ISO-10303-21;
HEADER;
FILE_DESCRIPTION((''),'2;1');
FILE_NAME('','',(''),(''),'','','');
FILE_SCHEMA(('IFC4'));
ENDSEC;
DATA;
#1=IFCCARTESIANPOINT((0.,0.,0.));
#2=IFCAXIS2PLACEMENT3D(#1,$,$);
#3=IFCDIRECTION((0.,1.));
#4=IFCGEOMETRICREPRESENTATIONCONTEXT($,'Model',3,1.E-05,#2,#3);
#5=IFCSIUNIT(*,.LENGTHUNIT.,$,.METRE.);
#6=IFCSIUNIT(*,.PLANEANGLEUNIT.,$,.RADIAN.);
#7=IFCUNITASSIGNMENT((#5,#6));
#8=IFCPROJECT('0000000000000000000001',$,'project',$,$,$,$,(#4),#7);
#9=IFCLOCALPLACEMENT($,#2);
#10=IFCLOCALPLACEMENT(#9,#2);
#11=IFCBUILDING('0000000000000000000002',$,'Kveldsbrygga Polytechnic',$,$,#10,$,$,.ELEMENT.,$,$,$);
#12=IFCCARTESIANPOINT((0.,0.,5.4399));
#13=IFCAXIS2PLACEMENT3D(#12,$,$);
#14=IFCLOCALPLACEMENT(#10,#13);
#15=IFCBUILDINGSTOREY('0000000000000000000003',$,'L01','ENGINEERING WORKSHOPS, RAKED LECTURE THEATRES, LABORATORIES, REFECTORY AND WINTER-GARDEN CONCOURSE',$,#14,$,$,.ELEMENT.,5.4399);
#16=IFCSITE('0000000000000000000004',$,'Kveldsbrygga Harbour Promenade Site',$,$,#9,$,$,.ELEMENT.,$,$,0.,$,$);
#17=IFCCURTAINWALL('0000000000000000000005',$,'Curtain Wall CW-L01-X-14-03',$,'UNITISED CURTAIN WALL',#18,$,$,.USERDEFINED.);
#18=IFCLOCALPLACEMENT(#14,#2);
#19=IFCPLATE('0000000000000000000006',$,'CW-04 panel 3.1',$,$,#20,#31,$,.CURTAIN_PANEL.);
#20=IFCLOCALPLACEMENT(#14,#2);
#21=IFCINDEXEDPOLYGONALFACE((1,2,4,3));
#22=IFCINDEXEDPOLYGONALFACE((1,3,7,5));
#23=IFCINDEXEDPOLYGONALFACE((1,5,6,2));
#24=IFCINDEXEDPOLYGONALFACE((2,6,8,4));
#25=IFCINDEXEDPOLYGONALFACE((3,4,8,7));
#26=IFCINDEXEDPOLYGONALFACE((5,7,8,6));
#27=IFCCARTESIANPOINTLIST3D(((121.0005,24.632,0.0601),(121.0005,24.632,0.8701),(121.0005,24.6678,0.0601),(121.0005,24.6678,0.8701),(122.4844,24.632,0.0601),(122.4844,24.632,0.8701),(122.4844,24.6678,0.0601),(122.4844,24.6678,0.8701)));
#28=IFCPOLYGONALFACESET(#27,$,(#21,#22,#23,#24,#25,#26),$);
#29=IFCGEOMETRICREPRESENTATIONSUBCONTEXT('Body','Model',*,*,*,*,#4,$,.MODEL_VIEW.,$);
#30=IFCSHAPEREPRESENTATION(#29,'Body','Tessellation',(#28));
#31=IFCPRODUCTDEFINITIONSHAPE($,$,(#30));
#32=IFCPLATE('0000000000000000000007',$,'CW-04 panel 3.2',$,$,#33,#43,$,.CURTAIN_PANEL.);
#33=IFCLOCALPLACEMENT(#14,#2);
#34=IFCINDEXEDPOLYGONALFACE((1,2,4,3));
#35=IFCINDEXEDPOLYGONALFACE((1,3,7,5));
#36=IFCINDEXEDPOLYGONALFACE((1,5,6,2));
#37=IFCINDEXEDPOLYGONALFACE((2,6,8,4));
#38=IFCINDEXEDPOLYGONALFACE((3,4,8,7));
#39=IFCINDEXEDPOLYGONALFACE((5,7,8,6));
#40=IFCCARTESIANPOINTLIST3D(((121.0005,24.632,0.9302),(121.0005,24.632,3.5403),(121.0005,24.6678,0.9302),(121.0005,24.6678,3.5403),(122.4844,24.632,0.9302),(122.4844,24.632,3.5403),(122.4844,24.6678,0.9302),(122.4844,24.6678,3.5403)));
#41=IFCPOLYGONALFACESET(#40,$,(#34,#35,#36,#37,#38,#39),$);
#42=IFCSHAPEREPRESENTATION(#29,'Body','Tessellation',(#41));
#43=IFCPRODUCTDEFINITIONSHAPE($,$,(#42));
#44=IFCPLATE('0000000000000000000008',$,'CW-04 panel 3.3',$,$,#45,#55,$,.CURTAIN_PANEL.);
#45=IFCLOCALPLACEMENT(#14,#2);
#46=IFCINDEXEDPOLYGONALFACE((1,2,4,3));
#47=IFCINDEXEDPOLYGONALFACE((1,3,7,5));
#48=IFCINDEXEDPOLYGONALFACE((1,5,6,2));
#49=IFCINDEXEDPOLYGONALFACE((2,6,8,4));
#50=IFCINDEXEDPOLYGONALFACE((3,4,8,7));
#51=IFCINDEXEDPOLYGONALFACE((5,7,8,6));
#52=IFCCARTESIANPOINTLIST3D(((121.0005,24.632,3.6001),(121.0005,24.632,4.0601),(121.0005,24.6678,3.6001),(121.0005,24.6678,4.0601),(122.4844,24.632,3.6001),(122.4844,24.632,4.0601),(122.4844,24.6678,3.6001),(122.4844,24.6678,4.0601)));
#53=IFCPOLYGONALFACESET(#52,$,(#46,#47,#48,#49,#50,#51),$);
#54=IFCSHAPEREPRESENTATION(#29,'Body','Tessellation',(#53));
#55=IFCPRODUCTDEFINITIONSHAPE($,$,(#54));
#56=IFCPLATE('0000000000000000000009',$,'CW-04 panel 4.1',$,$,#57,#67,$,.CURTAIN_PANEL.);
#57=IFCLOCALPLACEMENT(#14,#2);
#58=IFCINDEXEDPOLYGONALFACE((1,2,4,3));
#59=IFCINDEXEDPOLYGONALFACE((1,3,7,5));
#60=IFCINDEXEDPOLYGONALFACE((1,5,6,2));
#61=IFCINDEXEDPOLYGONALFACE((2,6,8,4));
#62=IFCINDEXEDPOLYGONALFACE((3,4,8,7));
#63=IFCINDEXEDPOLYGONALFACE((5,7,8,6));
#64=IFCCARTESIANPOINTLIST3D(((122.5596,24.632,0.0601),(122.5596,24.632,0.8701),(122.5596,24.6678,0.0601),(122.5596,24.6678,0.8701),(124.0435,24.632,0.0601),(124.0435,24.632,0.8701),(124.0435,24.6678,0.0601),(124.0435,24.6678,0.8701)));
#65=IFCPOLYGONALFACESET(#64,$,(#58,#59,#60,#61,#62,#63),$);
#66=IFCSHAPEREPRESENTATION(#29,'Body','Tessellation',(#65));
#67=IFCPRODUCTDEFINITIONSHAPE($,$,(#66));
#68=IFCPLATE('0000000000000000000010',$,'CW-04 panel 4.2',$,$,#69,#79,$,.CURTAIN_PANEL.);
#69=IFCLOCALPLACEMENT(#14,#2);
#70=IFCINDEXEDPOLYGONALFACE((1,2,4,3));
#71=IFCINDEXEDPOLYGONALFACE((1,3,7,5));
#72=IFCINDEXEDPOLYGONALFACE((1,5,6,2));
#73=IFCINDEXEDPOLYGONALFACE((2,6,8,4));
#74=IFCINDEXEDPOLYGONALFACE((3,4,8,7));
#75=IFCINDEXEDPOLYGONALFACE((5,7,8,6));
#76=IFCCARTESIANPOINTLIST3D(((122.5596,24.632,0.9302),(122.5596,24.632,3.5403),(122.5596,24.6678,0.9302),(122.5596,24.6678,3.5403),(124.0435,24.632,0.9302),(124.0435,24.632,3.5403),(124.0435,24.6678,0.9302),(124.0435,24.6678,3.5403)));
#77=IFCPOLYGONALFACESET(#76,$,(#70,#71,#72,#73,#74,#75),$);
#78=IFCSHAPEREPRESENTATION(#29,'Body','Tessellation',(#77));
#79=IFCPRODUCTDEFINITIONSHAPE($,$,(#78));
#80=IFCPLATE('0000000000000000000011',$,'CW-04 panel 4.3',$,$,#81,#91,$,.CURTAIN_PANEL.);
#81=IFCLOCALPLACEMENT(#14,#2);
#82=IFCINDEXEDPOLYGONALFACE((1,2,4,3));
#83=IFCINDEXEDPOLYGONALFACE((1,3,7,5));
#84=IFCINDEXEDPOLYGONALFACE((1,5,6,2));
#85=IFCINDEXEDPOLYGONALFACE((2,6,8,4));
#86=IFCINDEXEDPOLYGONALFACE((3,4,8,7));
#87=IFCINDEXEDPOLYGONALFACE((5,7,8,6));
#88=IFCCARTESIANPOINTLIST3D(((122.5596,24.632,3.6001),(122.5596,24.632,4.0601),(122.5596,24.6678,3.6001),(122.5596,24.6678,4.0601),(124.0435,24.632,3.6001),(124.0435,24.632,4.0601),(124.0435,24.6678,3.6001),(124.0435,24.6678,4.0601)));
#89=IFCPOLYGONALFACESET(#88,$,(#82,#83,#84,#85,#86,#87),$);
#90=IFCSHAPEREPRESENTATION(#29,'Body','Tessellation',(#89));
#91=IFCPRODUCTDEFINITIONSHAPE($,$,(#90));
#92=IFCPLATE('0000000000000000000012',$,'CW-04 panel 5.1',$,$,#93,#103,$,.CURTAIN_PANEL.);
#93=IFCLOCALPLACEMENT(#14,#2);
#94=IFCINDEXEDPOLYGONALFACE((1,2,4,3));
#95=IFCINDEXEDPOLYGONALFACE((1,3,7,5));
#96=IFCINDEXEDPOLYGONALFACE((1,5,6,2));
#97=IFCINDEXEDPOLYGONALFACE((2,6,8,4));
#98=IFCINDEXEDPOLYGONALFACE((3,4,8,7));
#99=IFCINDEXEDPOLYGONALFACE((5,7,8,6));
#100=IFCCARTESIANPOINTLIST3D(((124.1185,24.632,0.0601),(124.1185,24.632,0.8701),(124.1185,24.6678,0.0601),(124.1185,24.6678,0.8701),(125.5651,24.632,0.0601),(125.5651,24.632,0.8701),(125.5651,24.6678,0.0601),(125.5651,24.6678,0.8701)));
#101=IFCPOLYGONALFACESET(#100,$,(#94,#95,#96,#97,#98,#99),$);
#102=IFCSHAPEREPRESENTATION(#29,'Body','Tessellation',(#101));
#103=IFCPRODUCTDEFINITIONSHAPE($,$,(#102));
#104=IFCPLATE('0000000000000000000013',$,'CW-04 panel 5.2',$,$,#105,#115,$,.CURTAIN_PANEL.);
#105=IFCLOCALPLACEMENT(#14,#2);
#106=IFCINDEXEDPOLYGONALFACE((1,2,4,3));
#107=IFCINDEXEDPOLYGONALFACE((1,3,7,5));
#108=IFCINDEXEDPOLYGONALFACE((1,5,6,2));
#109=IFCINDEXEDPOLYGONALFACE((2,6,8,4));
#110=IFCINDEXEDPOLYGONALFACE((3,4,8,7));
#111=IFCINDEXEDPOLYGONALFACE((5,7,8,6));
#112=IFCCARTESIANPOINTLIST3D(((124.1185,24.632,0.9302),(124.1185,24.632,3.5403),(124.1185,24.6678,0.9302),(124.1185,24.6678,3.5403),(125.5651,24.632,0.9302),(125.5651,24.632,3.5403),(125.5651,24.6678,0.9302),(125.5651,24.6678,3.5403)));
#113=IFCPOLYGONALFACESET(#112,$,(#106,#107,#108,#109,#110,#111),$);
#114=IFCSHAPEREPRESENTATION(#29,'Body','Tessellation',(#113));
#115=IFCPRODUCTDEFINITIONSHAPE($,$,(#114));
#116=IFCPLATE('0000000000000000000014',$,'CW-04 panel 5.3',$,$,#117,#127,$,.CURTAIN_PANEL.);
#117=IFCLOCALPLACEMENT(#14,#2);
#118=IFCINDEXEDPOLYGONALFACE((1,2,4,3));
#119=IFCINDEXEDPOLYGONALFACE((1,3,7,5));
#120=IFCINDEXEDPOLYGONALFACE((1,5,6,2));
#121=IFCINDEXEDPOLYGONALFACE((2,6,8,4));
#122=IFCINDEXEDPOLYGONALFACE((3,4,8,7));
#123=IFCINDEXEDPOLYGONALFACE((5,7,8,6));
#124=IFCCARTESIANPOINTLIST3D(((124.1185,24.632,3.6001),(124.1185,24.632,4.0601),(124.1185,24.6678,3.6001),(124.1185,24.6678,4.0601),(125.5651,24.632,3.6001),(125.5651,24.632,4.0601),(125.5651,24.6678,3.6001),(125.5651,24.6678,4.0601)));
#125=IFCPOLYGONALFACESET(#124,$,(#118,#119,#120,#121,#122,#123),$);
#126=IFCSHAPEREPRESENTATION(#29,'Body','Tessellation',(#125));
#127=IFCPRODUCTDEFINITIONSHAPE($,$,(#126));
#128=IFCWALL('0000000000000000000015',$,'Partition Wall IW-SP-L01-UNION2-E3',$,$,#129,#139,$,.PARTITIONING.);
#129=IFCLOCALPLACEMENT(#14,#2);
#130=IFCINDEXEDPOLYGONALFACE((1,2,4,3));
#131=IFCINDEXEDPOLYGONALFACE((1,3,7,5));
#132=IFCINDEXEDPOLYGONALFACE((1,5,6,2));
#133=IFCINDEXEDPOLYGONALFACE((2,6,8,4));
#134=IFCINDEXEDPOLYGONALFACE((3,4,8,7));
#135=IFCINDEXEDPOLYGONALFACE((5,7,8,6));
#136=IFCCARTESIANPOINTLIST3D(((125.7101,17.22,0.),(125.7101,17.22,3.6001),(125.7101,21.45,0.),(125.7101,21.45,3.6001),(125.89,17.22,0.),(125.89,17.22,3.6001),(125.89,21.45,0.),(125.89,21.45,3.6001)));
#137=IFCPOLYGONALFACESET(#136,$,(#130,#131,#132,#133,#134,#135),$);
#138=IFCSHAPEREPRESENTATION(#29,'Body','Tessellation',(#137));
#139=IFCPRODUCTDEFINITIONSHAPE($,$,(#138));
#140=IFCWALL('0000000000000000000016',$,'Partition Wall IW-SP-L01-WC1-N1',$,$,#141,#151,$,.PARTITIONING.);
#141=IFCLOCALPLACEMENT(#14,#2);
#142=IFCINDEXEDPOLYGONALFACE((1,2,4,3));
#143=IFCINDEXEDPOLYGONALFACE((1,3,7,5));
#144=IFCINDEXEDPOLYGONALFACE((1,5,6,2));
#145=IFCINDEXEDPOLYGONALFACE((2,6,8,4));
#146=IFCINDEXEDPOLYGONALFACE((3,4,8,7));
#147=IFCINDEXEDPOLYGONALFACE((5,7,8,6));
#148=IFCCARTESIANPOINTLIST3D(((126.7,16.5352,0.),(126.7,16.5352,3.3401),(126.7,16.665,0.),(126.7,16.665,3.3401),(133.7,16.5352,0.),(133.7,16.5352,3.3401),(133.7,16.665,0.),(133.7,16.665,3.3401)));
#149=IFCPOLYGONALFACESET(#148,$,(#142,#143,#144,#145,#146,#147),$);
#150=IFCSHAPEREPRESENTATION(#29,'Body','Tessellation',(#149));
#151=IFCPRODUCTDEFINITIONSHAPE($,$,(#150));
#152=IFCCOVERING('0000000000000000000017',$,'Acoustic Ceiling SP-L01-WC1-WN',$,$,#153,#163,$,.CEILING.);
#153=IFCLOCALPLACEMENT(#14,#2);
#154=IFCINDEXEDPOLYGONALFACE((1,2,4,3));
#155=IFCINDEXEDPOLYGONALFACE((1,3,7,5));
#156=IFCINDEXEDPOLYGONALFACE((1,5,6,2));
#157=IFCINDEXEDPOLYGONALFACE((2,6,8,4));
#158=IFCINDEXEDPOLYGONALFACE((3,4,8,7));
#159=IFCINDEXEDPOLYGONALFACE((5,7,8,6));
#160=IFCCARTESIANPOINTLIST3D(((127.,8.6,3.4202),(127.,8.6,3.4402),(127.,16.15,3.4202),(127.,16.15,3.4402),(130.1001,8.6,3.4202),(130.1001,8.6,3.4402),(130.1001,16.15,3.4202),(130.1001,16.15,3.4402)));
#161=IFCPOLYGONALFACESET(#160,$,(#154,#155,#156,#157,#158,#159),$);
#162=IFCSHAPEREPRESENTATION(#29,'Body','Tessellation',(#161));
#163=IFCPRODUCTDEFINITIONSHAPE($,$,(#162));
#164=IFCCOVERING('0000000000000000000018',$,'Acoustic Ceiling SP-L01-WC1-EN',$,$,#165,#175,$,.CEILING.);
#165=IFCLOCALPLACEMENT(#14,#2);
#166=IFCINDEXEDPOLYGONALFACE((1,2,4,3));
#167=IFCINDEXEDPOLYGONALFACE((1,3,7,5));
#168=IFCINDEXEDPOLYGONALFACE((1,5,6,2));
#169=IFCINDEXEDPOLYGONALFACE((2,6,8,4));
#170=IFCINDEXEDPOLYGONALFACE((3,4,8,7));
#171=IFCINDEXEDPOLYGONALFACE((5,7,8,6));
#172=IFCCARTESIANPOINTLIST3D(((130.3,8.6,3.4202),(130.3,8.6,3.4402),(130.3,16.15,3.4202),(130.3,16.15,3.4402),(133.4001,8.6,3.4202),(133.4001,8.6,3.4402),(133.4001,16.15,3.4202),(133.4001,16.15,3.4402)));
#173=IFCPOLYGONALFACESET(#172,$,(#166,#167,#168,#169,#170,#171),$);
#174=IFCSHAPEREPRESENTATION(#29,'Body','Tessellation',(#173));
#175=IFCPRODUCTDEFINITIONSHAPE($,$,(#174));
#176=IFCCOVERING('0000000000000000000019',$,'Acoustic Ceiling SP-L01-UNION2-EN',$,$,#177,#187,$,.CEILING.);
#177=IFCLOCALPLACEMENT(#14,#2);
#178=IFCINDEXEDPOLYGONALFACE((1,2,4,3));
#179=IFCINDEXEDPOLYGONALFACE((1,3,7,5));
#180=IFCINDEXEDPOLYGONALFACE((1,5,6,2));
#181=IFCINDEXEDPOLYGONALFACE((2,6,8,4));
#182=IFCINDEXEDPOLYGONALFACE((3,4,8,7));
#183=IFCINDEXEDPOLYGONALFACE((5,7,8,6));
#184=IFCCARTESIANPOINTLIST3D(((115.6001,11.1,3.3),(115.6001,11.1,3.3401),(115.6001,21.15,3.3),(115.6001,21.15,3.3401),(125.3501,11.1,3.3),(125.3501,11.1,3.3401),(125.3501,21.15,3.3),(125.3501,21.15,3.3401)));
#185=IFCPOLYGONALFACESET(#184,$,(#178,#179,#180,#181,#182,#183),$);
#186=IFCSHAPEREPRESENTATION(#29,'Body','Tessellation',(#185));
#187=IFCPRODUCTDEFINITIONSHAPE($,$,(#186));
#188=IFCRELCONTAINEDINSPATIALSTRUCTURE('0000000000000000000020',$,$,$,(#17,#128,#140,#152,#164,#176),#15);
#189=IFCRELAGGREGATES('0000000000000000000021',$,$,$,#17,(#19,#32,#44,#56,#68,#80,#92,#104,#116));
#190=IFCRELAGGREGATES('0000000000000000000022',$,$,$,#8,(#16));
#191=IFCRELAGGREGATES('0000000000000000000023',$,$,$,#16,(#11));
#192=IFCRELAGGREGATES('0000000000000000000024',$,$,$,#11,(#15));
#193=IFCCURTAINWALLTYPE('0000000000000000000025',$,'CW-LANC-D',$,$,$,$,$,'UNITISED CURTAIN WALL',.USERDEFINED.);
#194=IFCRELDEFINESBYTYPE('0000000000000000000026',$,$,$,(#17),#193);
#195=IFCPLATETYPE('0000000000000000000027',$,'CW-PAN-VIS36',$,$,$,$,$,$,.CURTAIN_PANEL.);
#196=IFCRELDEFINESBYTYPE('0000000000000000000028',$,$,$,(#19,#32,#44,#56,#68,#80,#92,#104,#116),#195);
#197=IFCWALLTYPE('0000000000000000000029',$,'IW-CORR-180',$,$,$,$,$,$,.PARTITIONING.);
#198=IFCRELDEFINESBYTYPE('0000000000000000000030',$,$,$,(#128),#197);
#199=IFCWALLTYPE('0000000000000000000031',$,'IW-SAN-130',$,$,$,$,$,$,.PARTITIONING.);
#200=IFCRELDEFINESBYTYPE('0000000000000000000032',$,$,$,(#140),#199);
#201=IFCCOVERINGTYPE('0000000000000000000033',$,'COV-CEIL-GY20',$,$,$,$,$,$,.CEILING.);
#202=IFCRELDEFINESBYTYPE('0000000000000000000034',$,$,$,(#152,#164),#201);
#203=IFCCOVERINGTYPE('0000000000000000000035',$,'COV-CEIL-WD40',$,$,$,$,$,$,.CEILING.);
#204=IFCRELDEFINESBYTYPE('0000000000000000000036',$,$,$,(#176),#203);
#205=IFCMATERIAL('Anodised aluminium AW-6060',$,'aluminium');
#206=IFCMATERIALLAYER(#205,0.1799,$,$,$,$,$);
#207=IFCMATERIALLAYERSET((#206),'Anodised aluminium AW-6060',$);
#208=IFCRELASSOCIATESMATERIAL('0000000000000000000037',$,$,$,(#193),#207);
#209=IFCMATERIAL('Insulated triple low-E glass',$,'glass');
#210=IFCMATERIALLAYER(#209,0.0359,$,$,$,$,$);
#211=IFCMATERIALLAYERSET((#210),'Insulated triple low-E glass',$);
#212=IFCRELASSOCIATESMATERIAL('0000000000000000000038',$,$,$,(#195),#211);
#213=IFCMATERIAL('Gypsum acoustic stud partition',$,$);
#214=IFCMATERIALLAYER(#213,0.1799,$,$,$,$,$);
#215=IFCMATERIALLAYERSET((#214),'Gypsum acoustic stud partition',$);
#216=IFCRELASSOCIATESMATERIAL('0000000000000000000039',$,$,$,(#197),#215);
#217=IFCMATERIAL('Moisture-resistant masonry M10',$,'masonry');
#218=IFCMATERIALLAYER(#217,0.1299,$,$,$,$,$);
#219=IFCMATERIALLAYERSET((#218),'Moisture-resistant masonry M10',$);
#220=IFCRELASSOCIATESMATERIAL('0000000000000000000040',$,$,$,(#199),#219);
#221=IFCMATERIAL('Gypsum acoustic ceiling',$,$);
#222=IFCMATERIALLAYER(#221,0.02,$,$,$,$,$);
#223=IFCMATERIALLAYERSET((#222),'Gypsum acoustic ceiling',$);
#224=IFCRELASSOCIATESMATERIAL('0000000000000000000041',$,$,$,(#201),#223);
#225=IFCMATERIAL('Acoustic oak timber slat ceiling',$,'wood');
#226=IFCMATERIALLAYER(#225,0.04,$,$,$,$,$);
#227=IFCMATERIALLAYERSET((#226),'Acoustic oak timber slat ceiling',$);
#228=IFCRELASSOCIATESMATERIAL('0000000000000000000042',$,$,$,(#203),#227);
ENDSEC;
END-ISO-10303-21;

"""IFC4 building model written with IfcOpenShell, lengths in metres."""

from ifc_helpers import new_model, si_unit, direction, frame, frame_2d, origin, origin_2d, place, context, subcontext, project, spatial, rectangle, extrude, material, layer, layer_set, type_object, element, aggregate, save


model = new_model("IFC4")

# Units and contexts
model_context = context("Model", 3, precision=1e-05, world=origin(), true_north=direction((0.0, 1.0)))
body_context = subcontext(model_context, "Body", "Model", "MODEL_VIEW")
ifc_project = project(units=[si_unit("LENGTHUNIT", "METRE"), si_unit("PLANEANGLEUNIT", "RADIAN")], contexts=[model_context])

# Site, building, storey
site_placement = place(None, origin())
site = spatial("IfcSite", under=ifc_project, at=site_placement, Name="Kveldsbrygga Harbour Promenade Site", CompositionType="ELEMENT", RefElevation=0.0)
building_placement = place(site_placement, origin())
building = spatial("IfcBuilding", under=site, at=building_placement, Name="Kveldsbrygga Polytechnic", CompositionType="ELEMENT")
storey_placement = place(building_placement, frame((0.0, 0.0, 5.4399)))
storey = spatial("IfcBuildingStorey", under=building, at=storey_placement, Name="L01", Description="ENGINEERING WORKSHOPS, RAKED LECTURE THEATRES, LABORATORIES, REFECTORY AND WINTER-GARDEN CONCOURSE", CompositionType="ELEMENT", Elevation=5.4399)

# Curtain wall
ifc_material_1 = material(Name="Anodised aluminium AW-6060", Category="aluminium")
ifc_layer_1 = layer(ifc_material_1, 0.1799)
ifc_layer_set_1 = layer_set([ifc_layer_1], Name="Anodised aluminium AW-6060")
curtain_wall_type = type_object("IfcCurtainWallType", Name="CW-LANC-D", ElementType="UNITISED CURTAIN WALL", PredefinedType="USERDEFINED", material=ifc_layer_set_1)
curtain_wall_placement = place(storey_placement, origin())
curtain_wall = element("IfcCurtainWall", 1, at=curtain_wall_placement, inside=storey, type_object=curtain_wall_type, Name="Curtain Wall CW-L01-X-14-03", ObjectType="UNITISED CURTAIN WALL", PredefinedType="USERDEFINED")

# Plates
ifc_material_2 = material(Name="Insulated triple low-E glass", Category="glass")
ifc_layer_2 = layer(ifc_material_2, 0.0359)
ifc_layer_set_2 = layer_set([ifc_layer_2], Name="Insulated triple low-E glass")
plate_type = type_object("IfcPlateType", Name="CW-PAN-VIS36", PredefinedType="CURTAIN_PANEL", material=ifc_layer_set_2)
plate_1_placement = place(storey_placement, frame((121.7424, 24.6499, 0.0601), z_axis=(0.0, 0.0, 1.0), x_axis=(1.0, 0.0, 0.0)))
plate_1 = element("IfcPlate", 2, at=plate_1_placement, type_object=plate_type, Name="CW-04 panel 3.1", PredefinedType="CURTAIN_PANEL", context=body_context, shape_type="SweptSolid", body=[
    extrude(rectangle(XDim=1.4839, YDim=0.0359, at=origin_2d()), origin(), (0.0, 0.0, 1.0), 0.8101),
])
plate_2_placement = place(storey_placement, frame((121.7424, 24.6499, 0.9302), z_axis=(0.0, 0.0, 1.0), x_axis=(1.0, 0.0, 0.0)))
plate_2 = element("IfcPlate", 3, at=plate_2_placement, type_object=plate_type, Name="CW-04 panel 3.2", PredefinedType="CURTAIN_PANEL", context=body_context, shape_type="SweptSolid", body=[
    extrude(rectangle(XDim=1.4839, YDim=0.0359, at=origin_2d()), origin(), (0.0, 0.0, 1.0), 2.6101),
])
plate_3_placement = place(storey_placement, frame((121.7424, 24.6499, 3.6001), z_axis=(0.0, 0.0, 1.0), x_axis=(1.0, 0.0, 0.0)))
plate_3 = element("IfcPlate", 4, at=plate_3_placement, type_object=plate_type, Name="CW-04 panel 3.3", PredefinedType="CURTAIN_PANEL", context=body_context, shape_type="SweptSolid", body=[
    extrude(rectangle(XDim=1.4839, YDim=0.0359, at=origin_2d()), origin(), (0.0, 0.0, 1.0), 0.46),
])
plate_4_placement = place(storey_placement, frame((123.3015, 24.6499, 0.0601), z_axis=(0.0, 0.0, 1.0), x_axis=(1.0, 0.0, 0.0)))
plate_4 = element("IfcPlate", 5, at=plate_4_placement, type_object=plate_type, Name="CW-04 panel 4.1", PredefinedType="CURTAIN_PANEL", context=body_context, shape_type="SweptSolid", body=[
    extrude(rectangle(XDim=1.4839, YDim=0.0359, at=origin_2d()), origin(), (0.0, 0.0, 1.0), 0.8101),
])
plate_5_placement = place(storey_placement, frame((123.3015, 24.6499, 0.9302), z_axis=(0.0, 0.0, 1.0), x_axis=(1.0, 0.0, 0.0)))
plate_5 = element("IfcPlate", 6, at=plate_5_placement, type_object=plate_type, Name="CW-04 panel 4.2", PredefinedType="CURTAIN_PANEL", context=body_context, shape_type="SweptSolid", body=[
    extrude(rectangle(XDim=1.4839, YDim=0.0359, at=origin_2d()), origin(), (0.0, 0.0, 1.0), 2.6101),
])
plate_6_placement = place(storey_placement, frame((123.3015, 24.6499, 3.6001), z_axis=(0.0, 0.0, 1.0), x_axis=(1.0, 0.0, 0.0)))
plate_6 = element("IfcPlate", 7, at=plate_6_placement, type_object=plate_type, Name="CW-04 panel 4.3", PredefinedType="CURTAIN_PANEL", context=body_context, shape_type="SweptSolid", body=[
    extrude(rectangle(XDim=1.4839, YDim=0.0359, at=origin_2d()), origin(), (0.0, 0.0, 1.0), 0.46),
])
plate_7_placement = place(storey_placement, frame((124.8418, 24.6499, 0.0601), z_axis=(0.0, 0.0, 1.0), x_axis=(1.0, 0.0, 0.0)))
plate_7 = element("IfcPlate", 8, at=plate_7_placement, type_object=plate_type, Name="CW-04 panel 5.1", PredefinedType="CURTAIN_PANEL", context=body_context, shape_type="SweptSolid", body=[
    extrude(rectangle(XDim=1.4465, YDim=0.0359, at=origin_2d()), origin(), (0.0, 0.0, 1.0), 0.8101),
])
plate_8_placement = place(storey_placement, frame((124.8418, 24.6499, 0.9302), z_axis=(0.0, 0.0, 1.0), x_axis=(1.0, 0.0, 0.0)))
plate_8 = element("IfcPlate", 9, at=plate_8_placement, type_object=plate_type, Name="CW-04 panel 5.2", PredefinedType="CURTAIN_PANEL", context=body_context, shape_type="SweptSolid", body=[
    extrude(rectangle(XDim=1.4465, YDim=0.0359, at=origin_2d()), origin(), (0.0, 0.0, 1.0), 2.6101),
])
plate_9_placement = place(storey_placement, frame((124.8418, 24.6499, 3.6001), z_axis=(0.0, 0.0, 1.0), x_axis=(1.0, 0.0, 0.0)))
plate_9 = element("IfcPlate", 10, at=plate_9_placement, type_object=plate_type, Name="CW-04 panel 5.3", PredefinedType="CURTAIN_PANEL", context=body_context, shape_type="SweptSolid", body=[
    extrude(rectangle(XDim=1.4465, YDim=0.0359, at=origin_2d()), origin(), (0.0, 0.0, 1.0), 0.46),
])
aggregate(curtain_wall, [plate_1, plate_2, plate_3, plate_4, plate_5, plate_6, plate_7, plate_8, plate_9])

# Walls
ifc_material_3 = material(Name="Gypsum acoustic stud partition")
ifc_layer_3 = layer(ifc_material_3, 0.1799)
ifc_layer_set_3 = layer_set([ifc_layer_3], Name="Gypsum acoustic stud partition")
wall_type_1 = type_object("IfcWallType", Name="IW-CORR-180", PredefinedType="PARTITIONING", material=ifc_layer_set_3)
wall_1_placement = place(storey_placement, frame((125.8, 17.22, 0.0), z_axis=(0.0, 0.0, 1.0), x_axis=(0.0, 1.0, 0.0)))
element("IfcWall", 11, at=wall_1_placement, inside=storey, type_object=wall_type_1, Name="Partition Wall IW-SP-L01-UNION2-E3", PredefinedType="PARTITIONING", context=body_context, shape_type="SweptSolid", body=[
    extrude(rectangle(XDim=4.23, YDim=0.1799, at=frame_2d((2.115, 0.0))), origin(), (0.0, 0.0, 1.0), 3.6001),
])
ifc_material_4 = material(Name="Moisture-resistant masonry M10", Category="masonry")
ifc_layer_4 = layer(ifc_material_4, 0.1299)
ifc_layer_set_4 = layer_set([ifc_layer_4], Name="Moisture-resistant masonry M10")
wall_type_2 = type_object("IfcWallType", Name="IW-SAN-130", PredefinedType="PARTITIONING", material=ifc_layer_set_4)
wall_2_placement = place(storey_placement, frame((126.7, 16.6001, 0.0), z_axis=(0.0, 0.0, 1.0), x_axis=(1.0, 0.0, 0.0)))
element("IfcWall", 12, at=wall_2_placement, inside=storey, type_object=wall_type_2, Name="Partition Wall IW-SP-L01-WC1-N1", PredefinedType="PARTITIONING", context=body_context, shape_type="SweptSolid", body=[
    extrude(rectangle(XDim=7.0, YDim=0.1299, at=frame_2d((3.5, 0.0))), origin(), (0.0, 0.0, 1.0), 3.3401),
])

# Coverings
ifc_material_5 = material(Name="Gypsum acoustic ceiling")
ifc_layer_5 = layer(ifc_material_5, 0.02)
ifc_layer_set_5 = layer_set([ifc_layer_5], Name="Gypsum acoustic ceiling")
covering_type_1 = type_object("IfcCoveringType", Name="COV-CEIL-GY20", PredefinedType="CEILING", material=ifc_layer_set_5)
for number, where, z_axis, x_axis, name in (
    (13, (128.55, 12.375, 3.4202), (0.0, 0.0, 1.0), (1.0, 0.0, 0.0), "Acoustic Ceiling SP-L01-WC1-WN"),
    (14, (131.8501, 12.375, 3.4202), (0.0, 0.0, 1.0), (1.0, 0.0, 0.0), "Acoustic Ceiling SP-L01-WC1-EN"),
):
    element("IfcCovering", number, at=place(storey_placement, frame(where, z_axis=z_axis, x_axis=x_axis)), inside=storey, type_object=covering_type_1, Name=name, PredefinedType="CEILING", context=body_context, shape_type="SweptSolid", body=[
        extrude(rectangle(XDim=3.1001, YDim=7.55, at=origin_2d()), origin(), (0.0, 0.0, 1.0), 0.02),
    ])
ifc_material_6 = material(Name="Acoustic oak timber slat ceiling", Category="wood")
ifc_layer_6 = layer(ifc_material_6, 0.04)
ifc_layer_set_6 = layer_set([ifc_layer_6], Name="Acoustic oak timber slat ceiling")
covering_type_2 = type_object("IfcCoveringType", Name="COV-CEIL-WD40", PredefinedType="CEILING", material=ifc_layer_set_6)
covering_1_placement = place(storey_placement, frame((120.4751, 16.125, 3.3), z_axis=(0.0, 0.0, 1.0), x_axis=(1.0, 0.0, 0.0)))
element("IfcCovering", 15, at=covering_1_placement, inside=storey, type_object=covering_type_2, Name="Acoustic Ceiling SP-L01-UNION2-EN", PredefinedType="CEILING", context=body_context, shape_type="SweptSolid", body=[
    extrude(rectangle(XDim=9.75, YDim=10.05, at=origin_2d()), origin(), (0.0, 0.0, 1.0), 0.04),
])

save(model, "model.ifc")
